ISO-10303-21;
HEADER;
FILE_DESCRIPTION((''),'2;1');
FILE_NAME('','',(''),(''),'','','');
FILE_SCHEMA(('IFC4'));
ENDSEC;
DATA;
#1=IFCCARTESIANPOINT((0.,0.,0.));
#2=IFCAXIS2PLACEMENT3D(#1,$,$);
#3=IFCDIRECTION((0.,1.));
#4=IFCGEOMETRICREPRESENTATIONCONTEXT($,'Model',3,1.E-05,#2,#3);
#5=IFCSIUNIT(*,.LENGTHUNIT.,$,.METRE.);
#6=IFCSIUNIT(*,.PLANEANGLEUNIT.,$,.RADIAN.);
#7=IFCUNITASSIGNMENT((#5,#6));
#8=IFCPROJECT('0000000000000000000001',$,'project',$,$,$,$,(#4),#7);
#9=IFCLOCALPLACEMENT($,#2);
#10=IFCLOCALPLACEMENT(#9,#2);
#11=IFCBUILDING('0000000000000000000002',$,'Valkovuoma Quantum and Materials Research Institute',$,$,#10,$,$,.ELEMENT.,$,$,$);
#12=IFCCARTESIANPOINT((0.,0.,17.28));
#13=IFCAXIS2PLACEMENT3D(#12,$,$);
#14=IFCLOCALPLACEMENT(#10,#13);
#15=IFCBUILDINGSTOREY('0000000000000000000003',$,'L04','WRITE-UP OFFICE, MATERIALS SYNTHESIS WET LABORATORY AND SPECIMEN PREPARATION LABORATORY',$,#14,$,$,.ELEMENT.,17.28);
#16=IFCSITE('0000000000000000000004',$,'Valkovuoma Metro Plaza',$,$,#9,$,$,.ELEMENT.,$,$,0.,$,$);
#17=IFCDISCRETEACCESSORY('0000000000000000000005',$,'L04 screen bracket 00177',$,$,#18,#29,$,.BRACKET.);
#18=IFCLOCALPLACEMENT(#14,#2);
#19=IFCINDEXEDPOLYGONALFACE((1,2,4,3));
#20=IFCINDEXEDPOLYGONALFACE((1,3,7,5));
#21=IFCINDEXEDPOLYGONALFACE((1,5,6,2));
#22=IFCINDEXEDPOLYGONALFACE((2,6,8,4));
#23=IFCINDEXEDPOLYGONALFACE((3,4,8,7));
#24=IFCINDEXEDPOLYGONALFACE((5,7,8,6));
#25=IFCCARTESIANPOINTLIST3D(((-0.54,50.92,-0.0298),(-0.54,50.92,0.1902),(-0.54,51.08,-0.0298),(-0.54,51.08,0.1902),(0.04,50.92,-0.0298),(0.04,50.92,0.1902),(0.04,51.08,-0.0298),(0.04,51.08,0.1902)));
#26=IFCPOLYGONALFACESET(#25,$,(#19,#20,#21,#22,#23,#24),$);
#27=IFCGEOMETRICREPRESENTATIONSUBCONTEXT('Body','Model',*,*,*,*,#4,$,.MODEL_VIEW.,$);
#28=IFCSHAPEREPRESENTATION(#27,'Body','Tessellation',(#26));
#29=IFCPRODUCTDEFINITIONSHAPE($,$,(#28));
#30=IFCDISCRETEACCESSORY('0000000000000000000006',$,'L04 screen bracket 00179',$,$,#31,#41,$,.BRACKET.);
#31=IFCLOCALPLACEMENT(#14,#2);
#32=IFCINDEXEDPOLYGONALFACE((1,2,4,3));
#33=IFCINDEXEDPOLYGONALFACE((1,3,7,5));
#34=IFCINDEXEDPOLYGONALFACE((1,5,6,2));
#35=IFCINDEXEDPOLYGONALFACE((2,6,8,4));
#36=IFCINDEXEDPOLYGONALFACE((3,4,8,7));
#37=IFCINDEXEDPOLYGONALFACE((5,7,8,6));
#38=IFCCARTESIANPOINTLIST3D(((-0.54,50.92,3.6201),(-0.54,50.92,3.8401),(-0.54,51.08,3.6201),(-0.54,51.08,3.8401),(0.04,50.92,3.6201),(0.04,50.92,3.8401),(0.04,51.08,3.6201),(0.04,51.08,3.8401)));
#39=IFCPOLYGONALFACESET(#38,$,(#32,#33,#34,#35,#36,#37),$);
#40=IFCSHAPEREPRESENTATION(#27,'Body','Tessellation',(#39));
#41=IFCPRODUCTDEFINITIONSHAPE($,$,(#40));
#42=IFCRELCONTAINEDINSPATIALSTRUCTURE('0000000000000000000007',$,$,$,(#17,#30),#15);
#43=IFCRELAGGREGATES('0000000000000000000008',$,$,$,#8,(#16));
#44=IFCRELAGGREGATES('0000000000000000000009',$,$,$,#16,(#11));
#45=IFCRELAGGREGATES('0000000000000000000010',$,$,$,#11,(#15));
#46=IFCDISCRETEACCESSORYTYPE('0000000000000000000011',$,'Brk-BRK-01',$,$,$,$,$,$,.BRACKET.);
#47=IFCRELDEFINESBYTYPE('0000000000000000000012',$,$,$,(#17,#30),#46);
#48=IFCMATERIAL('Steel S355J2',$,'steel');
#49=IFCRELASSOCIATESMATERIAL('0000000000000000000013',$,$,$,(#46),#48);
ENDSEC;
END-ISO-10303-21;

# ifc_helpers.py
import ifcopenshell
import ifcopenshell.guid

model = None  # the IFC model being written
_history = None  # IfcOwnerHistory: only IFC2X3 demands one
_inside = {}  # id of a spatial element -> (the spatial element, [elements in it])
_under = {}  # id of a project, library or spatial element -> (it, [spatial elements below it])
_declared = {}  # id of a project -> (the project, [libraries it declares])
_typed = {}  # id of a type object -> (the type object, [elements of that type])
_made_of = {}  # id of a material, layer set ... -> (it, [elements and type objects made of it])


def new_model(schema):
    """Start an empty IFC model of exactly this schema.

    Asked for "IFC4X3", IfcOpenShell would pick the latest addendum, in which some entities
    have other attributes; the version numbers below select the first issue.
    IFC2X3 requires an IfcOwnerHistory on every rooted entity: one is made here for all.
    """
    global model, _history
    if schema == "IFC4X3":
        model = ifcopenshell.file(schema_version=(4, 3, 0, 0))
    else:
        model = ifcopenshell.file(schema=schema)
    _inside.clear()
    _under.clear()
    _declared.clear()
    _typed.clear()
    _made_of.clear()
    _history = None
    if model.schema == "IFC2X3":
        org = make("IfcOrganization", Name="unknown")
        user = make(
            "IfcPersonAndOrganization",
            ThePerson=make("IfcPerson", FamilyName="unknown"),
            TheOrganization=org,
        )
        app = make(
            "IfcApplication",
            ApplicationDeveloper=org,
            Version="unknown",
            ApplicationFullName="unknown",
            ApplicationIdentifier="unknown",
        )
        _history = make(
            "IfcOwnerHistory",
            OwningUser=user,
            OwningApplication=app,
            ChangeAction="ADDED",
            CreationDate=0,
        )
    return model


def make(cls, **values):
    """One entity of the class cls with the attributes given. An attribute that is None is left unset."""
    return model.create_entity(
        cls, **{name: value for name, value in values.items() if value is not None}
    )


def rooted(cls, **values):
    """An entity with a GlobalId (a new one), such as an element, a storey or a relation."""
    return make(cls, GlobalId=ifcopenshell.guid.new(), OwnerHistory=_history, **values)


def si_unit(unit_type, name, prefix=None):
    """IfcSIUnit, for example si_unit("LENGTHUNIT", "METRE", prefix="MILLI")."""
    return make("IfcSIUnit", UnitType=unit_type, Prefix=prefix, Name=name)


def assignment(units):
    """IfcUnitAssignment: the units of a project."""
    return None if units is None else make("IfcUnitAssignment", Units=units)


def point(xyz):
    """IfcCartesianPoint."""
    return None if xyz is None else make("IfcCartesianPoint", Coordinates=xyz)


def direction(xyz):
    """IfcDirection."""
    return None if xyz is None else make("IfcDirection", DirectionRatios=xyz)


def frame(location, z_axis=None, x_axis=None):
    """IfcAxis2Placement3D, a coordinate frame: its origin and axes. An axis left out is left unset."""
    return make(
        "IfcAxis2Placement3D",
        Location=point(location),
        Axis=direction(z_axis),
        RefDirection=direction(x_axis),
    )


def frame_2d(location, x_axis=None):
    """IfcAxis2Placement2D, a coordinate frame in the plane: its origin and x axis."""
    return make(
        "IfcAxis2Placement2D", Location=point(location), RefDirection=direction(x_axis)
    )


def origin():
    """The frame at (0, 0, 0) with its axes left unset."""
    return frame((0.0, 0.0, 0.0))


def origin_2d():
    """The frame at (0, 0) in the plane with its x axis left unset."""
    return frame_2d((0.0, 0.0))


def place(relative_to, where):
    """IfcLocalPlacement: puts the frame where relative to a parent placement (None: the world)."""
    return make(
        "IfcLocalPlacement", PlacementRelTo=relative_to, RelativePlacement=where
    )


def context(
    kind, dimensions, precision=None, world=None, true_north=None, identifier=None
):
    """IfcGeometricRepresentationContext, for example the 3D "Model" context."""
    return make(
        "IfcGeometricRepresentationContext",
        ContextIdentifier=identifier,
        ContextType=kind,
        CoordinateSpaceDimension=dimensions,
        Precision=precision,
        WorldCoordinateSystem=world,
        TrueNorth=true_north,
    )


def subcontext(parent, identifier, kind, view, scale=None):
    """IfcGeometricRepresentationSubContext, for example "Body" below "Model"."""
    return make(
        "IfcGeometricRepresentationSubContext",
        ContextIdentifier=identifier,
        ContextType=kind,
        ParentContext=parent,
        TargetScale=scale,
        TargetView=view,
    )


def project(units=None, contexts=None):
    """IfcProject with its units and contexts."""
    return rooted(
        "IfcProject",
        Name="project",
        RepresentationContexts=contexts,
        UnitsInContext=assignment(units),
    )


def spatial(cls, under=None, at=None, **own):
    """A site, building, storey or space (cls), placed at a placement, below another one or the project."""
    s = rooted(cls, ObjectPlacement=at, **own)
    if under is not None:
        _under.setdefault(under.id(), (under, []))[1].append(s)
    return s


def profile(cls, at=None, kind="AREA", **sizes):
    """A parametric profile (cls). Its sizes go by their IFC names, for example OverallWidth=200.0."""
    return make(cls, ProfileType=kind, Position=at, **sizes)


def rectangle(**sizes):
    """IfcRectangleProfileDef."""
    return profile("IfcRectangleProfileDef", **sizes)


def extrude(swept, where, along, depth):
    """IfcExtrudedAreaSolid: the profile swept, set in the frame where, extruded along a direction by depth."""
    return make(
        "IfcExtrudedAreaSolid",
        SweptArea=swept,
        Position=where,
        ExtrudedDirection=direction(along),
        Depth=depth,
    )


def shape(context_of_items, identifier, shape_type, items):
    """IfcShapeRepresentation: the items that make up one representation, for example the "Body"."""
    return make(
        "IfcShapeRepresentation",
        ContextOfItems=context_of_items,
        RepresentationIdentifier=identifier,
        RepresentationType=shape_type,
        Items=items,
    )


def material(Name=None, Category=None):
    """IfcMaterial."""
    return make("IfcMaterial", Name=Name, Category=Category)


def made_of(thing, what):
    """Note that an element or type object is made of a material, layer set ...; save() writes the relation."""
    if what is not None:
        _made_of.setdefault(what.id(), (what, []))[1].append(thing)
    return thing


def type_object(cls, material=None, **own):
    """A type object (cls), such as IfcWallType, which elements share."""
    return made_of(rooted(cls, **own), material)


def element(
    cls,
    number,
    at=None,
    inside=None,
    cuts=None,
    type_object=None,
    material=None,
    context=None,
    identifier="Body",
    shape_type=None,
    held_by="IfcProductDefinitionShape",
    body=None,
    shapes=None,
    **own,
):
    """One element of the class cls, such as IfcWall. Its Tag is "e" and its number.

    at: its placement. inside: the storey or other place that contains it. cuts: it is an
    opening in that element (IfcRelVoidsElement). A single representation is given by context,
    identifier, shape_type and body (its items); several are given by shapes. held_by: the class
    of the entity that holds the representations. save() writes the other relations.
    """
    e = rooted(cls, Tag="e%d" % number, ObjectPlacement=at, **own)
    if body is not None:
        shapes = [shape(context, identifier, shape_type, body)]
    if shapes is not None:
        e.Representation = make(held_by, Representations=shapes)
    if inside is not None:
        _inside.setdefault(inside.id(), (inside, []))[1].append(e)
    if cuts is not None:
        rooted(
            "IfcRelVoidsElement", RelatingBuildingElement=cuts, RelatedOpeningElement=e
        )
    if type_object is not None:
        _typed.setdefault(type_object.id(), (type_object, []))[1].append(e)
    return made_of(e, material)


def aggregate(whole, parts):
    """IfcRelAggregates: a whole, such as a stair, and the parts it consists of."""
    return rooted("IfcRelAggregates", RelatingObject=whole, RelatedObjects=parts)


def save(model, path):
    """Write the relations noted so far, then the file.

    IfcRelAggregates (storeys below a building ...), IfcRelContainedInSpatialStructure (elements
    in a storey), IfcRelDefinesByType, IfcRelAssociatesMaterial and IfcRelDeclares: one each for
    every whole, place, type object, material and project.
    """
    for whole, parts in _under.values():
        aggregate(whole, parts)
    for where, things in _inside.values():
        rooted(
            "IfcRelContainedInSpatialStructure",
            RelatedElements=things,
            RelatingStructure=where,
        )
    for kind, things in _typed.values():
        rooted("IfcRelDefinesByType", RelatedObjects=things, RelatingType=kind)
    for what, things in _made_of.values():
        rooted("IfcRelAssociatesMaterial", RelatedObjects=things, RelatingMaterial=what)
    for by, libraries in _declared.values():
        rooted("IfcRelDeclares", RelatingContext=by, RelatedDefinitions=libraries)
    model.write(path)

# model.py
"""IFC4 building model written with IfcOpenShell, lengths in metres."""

from ifc_helpers import new_model, si_unit, direction, frame, origin, origin_2d, place, context, subcontext, project, spatial, rectangle, extrude, material, type_object, element, save


model = new_model("IFC4")

# Units and contexts
model_context = context("Model", 3, precision=1e-05, world=origin(), true_north=direction((0.0, 1.0)))
body_context = subcontext(model_context, "Body", "Model", "MODEL_VIEW")
ifc_project = project(units=[si_unit("LENGTHUNIT", "METRE"), si_unit("PLANEANGLEUNIT", "RADIAN")], contexts=[model_context])

# Site, building, storey
site_placement = place(None, origin())
site = spatial("IfcSite", under=ifc_project, at=site_placement, Name="Valkovuoma Metro Plaza", CompositionType="ELEMENT", RefElevation=0.0)
building_placement = place(site_placement, origin())
building = spatial("IfcBuilding", under=site, at=building_placement, Name="Valkovuoma Quantum and Materials Research Institute", CompositionType="ELEMENT")
storey_placement = place(building_placement, frame((0.0, 0.0, 17.28)))
storey = spatial("IfcBuildingStorey", under=building, at=storey_placement, Name="L04", Description="WRITE-UP OFFICE, MATERIALS SYNTHESIS WET LABORATORY AND SPECIMEN PREPARATION LABORATORY", CompositionType="ELEMENT", Elevation=17.28)

# Discrete accessories
ifc_material_1 = material(Name="Steel S355J2", Category="steel")
discrete_accessory_type = type_object("IfcDiscreteAccessoryType", Name="Brk-BRK-01", PredefinedType="BRACKET", material=ifc_material_1)
for number, where, z_axis, x_axis, name in (
    (1, (-0.25, 51.0, -0.0298), (0.0, 0.0, 1.0), (1.0, 0.0, 0.0), "L04 screen bracket 00177"),
    (2, (-0.25, 51.0, 3.6201), (0.0, 0.0, 1.0), (1.0, 0.0, 0.0), "L04 screen bracket 00179"),
):
    element("IfcDiscreteAccessory", number, at=place(storey_placement, frame(where, z_axis=z_axis, x_axis=x_axis)), inside=storey, type_object=discrete_accessory_type, Name=name, PredefinedType="BRACKET", context=body_context, shape_type="SweptSolid", body=[
        extrude(rectangle(XDim=0.5801, YDim=0.1599, at=origin_2d()), origin(), (0.0, 0.0, 1.0), 0.22),
    ])

save(model, "model.ifc")
